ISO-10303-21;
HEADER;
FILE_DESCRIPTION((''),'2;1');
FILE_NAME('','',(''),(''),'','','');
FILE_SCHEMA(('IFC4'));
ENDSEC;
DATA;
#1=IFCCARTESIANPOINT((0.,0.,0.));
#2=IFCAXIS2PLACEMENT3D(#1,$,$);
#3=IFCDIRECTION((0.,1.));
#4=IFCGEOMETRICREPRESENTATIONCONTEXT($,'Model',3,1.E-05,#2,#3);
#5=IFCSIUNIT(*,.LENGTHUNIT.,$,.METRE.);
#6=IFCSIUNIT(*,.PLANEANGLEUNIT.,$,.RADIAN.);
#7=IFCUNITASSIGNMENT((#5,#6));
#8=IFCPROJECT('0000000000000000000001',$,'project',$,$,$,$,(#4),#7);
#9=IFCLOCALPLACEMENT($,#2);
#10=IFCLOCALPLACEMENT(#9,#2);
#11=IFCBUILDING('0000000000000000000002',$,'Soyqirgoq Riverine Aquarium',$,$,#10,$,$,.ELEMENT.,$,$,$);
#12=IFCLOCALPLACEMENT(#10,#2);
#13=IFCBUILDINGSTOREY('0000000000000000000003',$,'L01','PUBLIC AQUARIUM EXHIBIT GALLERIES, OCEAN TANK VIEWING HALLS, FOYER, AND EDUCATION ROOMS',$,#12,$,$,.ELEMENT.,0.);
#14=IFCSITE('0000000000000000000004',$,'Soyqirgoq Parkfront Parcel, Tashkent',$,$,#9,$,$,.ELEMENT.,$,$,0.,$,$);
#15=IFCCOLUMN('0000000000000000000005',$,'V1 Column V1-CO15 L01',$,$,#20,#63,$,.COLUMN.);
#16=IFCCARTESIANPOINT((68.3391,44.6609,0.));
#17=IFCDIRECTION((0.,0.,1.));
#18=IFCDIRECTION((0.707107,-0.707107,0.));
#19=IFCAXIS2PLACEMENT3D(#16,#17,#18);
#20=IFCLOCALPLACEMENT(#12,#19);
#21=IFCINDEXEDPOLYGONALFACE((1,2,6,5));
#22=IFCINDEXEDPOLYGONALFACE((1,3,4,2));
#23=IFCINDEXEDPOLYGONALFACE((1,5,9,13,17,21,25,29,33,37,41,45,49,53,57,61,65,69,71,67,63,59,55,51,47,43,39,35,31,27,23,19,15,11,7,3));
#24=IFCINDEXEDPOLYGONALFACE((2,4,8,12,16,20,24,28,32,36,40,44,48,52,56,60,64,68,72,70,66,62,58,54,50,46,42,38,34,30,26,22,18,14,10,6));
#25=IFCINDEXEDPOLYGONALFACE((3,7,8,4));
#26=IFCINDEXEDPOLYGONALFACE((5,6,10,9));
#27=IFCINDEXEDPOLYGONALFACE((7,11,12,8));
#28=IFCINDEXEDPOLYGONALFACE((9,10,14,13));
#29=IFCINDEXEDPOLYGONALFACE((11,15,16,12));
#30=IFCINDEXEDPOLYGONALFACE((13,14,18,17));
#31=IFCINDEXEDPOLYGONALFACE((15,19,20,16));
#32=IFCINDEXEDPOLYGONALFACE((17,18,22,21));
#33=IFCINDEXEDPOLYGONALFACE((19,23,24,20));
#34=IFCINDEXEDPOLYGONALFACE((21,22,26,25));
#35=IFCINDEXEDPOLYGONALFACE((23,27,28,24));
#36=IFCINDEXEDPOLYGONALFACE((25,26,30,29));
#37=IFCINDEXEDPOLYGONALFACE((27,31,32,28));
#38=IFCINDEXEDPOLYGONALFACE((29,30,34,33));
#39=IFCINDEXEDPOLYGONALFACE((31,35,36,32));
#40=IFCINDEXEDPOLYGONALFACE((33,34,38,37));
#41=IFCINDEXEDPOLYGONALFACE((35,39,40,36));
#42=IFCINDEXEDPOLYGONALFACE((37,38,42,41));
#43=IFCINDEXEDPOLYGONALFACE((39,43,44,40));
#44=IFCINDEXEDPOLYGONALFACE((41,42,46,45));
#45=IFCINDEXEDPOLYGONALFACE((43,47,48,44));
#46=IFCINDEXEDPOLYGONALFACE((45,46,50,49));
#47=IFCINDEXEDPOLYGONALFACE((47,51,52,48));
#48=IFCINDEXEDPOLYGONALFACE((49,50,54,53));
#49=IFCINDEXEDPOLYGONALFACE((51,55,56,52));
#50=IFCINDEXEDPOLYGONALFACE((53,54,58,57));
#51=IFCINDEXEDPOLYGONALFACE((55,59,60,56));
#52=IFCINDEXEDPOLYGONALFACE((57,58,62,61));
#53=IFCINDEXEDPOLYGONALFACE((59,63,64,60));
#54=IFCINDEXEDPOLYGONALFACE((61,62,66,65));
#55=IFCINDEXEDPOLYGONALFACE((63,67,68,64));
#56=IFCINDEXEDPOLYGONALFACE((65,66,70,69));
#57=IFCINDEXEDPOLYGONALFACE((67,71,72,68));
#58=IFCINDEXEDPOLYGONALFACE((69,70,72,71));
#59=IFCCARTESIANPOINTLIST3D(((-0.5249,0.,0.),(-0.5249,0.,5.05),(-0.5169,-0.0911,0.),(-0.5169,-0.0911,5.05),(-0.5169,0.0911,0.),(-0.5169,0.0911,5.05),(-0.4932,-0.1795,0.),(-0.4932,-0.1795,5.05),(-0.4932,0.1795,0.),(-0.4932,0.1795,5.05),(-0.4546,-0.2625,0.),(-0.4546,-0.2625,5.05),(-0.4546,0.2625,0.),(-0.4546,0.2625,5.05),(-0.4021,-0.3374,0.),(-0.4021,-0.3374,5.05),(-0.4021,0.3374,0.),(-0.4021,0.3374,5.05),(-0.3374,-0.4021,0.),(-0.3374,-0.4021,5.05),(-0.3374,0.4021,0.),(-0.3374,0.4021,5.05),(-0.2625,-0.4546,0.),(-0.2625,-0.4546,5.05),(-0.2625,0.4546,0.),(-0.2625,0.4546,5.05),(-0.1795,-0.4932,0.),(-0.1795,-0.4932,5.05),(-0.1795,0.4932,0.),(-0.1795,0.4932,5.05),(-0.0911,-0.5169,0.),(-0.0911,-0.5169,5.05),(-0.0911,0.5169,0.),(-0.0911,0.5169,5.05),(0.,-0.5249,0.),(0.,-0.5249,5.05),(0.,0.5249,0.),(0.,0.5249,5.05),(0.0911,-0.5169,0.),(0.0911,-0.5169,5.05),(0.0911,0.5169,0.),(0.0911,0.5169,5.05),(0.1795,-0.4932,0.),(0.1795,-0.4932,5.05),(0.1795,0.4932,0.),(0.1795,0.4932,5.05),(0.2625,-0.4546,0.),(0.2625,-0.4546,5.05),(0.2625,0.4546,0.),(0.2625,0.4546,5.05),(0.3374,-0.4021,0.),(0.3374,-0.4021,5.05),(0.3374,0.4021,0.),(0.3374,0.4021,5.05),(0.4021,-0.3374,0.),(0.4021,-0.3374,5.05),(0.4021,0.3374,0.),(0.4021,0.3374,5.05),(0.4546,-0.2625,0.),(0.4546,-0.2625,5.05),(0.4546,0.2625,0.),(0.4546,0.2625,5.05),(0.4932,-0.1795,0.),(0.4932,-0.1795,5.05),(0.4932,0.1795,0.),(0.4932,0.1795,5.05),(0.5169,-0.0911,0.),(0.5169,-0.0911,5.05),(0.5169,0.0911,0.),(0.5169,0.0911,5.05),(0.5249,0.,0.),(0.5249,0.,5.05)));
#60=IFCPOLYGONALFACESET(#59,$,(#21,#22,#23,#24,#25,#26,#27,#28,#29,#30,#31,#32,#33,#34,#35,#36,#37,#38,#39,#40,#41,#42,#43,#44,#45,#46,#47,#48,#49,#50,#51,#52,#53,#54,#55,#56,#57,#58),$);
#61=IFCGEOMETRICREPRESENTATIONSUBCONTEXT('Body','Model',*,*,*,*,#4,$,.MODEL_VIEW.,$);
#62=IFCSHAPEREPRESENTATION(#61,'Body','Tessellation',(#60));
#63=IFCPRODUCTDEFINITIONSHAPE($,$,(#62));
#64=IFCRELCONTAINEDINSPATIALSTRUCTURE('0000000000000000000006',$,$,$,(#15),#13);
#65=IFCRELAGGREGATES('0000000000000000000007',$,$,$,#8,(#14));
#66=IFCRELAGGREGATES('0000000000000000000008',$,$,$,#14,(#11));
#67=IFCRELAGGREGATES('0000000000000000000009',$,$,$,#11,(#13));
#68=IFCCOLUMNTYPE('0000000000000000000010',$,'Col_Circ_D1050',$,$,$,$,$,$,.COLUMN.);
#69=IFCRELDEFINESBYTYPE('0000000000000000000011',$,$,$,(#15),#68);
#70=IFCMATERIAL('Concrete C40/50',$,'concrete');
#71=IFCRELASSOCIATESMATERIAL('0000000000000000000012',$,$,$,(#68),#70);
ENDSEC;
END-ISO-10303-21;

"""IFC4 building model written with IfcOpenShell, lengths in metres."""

from ifc_helpers import new_model, si_unit, direction, frame, origin, origin_2d, place, context, subcontext, project, spatial, circle, extrude, material, material_profile, profile_set, type_object, element, save


model = new_model("IFC4")

# Units and contexts
model_context = context("Model", 3, precision=1e-05, world=origin(), true_north=direction((0.0, 1.0)))
body_context = subcontext(model_context, "Body", "Model", "MODEL_VIEW")
ifc_project = project(units=[si_unit("LENGTHUNIT", "METRE"), si_unit("PLANEANGLEUNIT", "RADIAN")], contexts=[model_context])

# Site, building, storey
site_placement = place(None, origin())
site = spatial("IfcSite", under=ifc_project, at=site_placement, Name="Soyqirgoq Parkfront Parcel, Tashkent", CompositionType="ELEMENT", RefElevation=0.0)
building_placement = place(site_placement, origin())
building = spatial("IfcBuilding", under=site, at=building_placement, Name="Soyqirgoq Riverine Aquarium", CompositionType="ELEMENT")
storey_placement = place(building_placement, origin())
storey = spatial("IfcBuildingStorey", under=building, at=storey_placement, Name="L01", Description="PUBLIC AQUARIUM EXHIBIT GALLERIES, OCEAN TANK VIEWING HALLS, FOYER, AND EDUCATION ROOMS", CompositionType="ELEMENT", Elevation=0.0)

# Column
ifc_material_1 = material(Name="Concrete C40/50", Category="concrete")
ifc_material_profile_1 = material_profile(ifc_material_1, circle(Radius=0.5249, at=origin_2d()), Name="RC-COL D1050")
ifc_profile_set_1 = profile_set([ifc_material_profile_1], Name="Concrete C40/50")
column_type_1 = type_object("IfcColumnType", Name="Col_Circ_D1050", PredefinedType="COLUMN", material=ifc_profile_set_1)
for number, where, z_axis, x_axis, name in (
    (1, (68.3391, 44.6609, 0.0), (0.0, 0.0, 1.0), (0.707107, -0.707107, 0.0), "V1 Column V1-CO15 L01"),
):
    element("IfcColumn", number, at=place(storey_placement, frame(where, z_axis=z_axis, x_axis=x_axis)), inside=storey, type_object=column_type_1, Name=name, PredefinedType="COLUMN", context=body_context, shape_type="SweptSolid", body=[
        extrude(circle(Radius=0.5249, at=origin_2d()), origin(), (0.0, 0.0, 1.0), 5.05),
    ])

save(model, "model.ifc")
